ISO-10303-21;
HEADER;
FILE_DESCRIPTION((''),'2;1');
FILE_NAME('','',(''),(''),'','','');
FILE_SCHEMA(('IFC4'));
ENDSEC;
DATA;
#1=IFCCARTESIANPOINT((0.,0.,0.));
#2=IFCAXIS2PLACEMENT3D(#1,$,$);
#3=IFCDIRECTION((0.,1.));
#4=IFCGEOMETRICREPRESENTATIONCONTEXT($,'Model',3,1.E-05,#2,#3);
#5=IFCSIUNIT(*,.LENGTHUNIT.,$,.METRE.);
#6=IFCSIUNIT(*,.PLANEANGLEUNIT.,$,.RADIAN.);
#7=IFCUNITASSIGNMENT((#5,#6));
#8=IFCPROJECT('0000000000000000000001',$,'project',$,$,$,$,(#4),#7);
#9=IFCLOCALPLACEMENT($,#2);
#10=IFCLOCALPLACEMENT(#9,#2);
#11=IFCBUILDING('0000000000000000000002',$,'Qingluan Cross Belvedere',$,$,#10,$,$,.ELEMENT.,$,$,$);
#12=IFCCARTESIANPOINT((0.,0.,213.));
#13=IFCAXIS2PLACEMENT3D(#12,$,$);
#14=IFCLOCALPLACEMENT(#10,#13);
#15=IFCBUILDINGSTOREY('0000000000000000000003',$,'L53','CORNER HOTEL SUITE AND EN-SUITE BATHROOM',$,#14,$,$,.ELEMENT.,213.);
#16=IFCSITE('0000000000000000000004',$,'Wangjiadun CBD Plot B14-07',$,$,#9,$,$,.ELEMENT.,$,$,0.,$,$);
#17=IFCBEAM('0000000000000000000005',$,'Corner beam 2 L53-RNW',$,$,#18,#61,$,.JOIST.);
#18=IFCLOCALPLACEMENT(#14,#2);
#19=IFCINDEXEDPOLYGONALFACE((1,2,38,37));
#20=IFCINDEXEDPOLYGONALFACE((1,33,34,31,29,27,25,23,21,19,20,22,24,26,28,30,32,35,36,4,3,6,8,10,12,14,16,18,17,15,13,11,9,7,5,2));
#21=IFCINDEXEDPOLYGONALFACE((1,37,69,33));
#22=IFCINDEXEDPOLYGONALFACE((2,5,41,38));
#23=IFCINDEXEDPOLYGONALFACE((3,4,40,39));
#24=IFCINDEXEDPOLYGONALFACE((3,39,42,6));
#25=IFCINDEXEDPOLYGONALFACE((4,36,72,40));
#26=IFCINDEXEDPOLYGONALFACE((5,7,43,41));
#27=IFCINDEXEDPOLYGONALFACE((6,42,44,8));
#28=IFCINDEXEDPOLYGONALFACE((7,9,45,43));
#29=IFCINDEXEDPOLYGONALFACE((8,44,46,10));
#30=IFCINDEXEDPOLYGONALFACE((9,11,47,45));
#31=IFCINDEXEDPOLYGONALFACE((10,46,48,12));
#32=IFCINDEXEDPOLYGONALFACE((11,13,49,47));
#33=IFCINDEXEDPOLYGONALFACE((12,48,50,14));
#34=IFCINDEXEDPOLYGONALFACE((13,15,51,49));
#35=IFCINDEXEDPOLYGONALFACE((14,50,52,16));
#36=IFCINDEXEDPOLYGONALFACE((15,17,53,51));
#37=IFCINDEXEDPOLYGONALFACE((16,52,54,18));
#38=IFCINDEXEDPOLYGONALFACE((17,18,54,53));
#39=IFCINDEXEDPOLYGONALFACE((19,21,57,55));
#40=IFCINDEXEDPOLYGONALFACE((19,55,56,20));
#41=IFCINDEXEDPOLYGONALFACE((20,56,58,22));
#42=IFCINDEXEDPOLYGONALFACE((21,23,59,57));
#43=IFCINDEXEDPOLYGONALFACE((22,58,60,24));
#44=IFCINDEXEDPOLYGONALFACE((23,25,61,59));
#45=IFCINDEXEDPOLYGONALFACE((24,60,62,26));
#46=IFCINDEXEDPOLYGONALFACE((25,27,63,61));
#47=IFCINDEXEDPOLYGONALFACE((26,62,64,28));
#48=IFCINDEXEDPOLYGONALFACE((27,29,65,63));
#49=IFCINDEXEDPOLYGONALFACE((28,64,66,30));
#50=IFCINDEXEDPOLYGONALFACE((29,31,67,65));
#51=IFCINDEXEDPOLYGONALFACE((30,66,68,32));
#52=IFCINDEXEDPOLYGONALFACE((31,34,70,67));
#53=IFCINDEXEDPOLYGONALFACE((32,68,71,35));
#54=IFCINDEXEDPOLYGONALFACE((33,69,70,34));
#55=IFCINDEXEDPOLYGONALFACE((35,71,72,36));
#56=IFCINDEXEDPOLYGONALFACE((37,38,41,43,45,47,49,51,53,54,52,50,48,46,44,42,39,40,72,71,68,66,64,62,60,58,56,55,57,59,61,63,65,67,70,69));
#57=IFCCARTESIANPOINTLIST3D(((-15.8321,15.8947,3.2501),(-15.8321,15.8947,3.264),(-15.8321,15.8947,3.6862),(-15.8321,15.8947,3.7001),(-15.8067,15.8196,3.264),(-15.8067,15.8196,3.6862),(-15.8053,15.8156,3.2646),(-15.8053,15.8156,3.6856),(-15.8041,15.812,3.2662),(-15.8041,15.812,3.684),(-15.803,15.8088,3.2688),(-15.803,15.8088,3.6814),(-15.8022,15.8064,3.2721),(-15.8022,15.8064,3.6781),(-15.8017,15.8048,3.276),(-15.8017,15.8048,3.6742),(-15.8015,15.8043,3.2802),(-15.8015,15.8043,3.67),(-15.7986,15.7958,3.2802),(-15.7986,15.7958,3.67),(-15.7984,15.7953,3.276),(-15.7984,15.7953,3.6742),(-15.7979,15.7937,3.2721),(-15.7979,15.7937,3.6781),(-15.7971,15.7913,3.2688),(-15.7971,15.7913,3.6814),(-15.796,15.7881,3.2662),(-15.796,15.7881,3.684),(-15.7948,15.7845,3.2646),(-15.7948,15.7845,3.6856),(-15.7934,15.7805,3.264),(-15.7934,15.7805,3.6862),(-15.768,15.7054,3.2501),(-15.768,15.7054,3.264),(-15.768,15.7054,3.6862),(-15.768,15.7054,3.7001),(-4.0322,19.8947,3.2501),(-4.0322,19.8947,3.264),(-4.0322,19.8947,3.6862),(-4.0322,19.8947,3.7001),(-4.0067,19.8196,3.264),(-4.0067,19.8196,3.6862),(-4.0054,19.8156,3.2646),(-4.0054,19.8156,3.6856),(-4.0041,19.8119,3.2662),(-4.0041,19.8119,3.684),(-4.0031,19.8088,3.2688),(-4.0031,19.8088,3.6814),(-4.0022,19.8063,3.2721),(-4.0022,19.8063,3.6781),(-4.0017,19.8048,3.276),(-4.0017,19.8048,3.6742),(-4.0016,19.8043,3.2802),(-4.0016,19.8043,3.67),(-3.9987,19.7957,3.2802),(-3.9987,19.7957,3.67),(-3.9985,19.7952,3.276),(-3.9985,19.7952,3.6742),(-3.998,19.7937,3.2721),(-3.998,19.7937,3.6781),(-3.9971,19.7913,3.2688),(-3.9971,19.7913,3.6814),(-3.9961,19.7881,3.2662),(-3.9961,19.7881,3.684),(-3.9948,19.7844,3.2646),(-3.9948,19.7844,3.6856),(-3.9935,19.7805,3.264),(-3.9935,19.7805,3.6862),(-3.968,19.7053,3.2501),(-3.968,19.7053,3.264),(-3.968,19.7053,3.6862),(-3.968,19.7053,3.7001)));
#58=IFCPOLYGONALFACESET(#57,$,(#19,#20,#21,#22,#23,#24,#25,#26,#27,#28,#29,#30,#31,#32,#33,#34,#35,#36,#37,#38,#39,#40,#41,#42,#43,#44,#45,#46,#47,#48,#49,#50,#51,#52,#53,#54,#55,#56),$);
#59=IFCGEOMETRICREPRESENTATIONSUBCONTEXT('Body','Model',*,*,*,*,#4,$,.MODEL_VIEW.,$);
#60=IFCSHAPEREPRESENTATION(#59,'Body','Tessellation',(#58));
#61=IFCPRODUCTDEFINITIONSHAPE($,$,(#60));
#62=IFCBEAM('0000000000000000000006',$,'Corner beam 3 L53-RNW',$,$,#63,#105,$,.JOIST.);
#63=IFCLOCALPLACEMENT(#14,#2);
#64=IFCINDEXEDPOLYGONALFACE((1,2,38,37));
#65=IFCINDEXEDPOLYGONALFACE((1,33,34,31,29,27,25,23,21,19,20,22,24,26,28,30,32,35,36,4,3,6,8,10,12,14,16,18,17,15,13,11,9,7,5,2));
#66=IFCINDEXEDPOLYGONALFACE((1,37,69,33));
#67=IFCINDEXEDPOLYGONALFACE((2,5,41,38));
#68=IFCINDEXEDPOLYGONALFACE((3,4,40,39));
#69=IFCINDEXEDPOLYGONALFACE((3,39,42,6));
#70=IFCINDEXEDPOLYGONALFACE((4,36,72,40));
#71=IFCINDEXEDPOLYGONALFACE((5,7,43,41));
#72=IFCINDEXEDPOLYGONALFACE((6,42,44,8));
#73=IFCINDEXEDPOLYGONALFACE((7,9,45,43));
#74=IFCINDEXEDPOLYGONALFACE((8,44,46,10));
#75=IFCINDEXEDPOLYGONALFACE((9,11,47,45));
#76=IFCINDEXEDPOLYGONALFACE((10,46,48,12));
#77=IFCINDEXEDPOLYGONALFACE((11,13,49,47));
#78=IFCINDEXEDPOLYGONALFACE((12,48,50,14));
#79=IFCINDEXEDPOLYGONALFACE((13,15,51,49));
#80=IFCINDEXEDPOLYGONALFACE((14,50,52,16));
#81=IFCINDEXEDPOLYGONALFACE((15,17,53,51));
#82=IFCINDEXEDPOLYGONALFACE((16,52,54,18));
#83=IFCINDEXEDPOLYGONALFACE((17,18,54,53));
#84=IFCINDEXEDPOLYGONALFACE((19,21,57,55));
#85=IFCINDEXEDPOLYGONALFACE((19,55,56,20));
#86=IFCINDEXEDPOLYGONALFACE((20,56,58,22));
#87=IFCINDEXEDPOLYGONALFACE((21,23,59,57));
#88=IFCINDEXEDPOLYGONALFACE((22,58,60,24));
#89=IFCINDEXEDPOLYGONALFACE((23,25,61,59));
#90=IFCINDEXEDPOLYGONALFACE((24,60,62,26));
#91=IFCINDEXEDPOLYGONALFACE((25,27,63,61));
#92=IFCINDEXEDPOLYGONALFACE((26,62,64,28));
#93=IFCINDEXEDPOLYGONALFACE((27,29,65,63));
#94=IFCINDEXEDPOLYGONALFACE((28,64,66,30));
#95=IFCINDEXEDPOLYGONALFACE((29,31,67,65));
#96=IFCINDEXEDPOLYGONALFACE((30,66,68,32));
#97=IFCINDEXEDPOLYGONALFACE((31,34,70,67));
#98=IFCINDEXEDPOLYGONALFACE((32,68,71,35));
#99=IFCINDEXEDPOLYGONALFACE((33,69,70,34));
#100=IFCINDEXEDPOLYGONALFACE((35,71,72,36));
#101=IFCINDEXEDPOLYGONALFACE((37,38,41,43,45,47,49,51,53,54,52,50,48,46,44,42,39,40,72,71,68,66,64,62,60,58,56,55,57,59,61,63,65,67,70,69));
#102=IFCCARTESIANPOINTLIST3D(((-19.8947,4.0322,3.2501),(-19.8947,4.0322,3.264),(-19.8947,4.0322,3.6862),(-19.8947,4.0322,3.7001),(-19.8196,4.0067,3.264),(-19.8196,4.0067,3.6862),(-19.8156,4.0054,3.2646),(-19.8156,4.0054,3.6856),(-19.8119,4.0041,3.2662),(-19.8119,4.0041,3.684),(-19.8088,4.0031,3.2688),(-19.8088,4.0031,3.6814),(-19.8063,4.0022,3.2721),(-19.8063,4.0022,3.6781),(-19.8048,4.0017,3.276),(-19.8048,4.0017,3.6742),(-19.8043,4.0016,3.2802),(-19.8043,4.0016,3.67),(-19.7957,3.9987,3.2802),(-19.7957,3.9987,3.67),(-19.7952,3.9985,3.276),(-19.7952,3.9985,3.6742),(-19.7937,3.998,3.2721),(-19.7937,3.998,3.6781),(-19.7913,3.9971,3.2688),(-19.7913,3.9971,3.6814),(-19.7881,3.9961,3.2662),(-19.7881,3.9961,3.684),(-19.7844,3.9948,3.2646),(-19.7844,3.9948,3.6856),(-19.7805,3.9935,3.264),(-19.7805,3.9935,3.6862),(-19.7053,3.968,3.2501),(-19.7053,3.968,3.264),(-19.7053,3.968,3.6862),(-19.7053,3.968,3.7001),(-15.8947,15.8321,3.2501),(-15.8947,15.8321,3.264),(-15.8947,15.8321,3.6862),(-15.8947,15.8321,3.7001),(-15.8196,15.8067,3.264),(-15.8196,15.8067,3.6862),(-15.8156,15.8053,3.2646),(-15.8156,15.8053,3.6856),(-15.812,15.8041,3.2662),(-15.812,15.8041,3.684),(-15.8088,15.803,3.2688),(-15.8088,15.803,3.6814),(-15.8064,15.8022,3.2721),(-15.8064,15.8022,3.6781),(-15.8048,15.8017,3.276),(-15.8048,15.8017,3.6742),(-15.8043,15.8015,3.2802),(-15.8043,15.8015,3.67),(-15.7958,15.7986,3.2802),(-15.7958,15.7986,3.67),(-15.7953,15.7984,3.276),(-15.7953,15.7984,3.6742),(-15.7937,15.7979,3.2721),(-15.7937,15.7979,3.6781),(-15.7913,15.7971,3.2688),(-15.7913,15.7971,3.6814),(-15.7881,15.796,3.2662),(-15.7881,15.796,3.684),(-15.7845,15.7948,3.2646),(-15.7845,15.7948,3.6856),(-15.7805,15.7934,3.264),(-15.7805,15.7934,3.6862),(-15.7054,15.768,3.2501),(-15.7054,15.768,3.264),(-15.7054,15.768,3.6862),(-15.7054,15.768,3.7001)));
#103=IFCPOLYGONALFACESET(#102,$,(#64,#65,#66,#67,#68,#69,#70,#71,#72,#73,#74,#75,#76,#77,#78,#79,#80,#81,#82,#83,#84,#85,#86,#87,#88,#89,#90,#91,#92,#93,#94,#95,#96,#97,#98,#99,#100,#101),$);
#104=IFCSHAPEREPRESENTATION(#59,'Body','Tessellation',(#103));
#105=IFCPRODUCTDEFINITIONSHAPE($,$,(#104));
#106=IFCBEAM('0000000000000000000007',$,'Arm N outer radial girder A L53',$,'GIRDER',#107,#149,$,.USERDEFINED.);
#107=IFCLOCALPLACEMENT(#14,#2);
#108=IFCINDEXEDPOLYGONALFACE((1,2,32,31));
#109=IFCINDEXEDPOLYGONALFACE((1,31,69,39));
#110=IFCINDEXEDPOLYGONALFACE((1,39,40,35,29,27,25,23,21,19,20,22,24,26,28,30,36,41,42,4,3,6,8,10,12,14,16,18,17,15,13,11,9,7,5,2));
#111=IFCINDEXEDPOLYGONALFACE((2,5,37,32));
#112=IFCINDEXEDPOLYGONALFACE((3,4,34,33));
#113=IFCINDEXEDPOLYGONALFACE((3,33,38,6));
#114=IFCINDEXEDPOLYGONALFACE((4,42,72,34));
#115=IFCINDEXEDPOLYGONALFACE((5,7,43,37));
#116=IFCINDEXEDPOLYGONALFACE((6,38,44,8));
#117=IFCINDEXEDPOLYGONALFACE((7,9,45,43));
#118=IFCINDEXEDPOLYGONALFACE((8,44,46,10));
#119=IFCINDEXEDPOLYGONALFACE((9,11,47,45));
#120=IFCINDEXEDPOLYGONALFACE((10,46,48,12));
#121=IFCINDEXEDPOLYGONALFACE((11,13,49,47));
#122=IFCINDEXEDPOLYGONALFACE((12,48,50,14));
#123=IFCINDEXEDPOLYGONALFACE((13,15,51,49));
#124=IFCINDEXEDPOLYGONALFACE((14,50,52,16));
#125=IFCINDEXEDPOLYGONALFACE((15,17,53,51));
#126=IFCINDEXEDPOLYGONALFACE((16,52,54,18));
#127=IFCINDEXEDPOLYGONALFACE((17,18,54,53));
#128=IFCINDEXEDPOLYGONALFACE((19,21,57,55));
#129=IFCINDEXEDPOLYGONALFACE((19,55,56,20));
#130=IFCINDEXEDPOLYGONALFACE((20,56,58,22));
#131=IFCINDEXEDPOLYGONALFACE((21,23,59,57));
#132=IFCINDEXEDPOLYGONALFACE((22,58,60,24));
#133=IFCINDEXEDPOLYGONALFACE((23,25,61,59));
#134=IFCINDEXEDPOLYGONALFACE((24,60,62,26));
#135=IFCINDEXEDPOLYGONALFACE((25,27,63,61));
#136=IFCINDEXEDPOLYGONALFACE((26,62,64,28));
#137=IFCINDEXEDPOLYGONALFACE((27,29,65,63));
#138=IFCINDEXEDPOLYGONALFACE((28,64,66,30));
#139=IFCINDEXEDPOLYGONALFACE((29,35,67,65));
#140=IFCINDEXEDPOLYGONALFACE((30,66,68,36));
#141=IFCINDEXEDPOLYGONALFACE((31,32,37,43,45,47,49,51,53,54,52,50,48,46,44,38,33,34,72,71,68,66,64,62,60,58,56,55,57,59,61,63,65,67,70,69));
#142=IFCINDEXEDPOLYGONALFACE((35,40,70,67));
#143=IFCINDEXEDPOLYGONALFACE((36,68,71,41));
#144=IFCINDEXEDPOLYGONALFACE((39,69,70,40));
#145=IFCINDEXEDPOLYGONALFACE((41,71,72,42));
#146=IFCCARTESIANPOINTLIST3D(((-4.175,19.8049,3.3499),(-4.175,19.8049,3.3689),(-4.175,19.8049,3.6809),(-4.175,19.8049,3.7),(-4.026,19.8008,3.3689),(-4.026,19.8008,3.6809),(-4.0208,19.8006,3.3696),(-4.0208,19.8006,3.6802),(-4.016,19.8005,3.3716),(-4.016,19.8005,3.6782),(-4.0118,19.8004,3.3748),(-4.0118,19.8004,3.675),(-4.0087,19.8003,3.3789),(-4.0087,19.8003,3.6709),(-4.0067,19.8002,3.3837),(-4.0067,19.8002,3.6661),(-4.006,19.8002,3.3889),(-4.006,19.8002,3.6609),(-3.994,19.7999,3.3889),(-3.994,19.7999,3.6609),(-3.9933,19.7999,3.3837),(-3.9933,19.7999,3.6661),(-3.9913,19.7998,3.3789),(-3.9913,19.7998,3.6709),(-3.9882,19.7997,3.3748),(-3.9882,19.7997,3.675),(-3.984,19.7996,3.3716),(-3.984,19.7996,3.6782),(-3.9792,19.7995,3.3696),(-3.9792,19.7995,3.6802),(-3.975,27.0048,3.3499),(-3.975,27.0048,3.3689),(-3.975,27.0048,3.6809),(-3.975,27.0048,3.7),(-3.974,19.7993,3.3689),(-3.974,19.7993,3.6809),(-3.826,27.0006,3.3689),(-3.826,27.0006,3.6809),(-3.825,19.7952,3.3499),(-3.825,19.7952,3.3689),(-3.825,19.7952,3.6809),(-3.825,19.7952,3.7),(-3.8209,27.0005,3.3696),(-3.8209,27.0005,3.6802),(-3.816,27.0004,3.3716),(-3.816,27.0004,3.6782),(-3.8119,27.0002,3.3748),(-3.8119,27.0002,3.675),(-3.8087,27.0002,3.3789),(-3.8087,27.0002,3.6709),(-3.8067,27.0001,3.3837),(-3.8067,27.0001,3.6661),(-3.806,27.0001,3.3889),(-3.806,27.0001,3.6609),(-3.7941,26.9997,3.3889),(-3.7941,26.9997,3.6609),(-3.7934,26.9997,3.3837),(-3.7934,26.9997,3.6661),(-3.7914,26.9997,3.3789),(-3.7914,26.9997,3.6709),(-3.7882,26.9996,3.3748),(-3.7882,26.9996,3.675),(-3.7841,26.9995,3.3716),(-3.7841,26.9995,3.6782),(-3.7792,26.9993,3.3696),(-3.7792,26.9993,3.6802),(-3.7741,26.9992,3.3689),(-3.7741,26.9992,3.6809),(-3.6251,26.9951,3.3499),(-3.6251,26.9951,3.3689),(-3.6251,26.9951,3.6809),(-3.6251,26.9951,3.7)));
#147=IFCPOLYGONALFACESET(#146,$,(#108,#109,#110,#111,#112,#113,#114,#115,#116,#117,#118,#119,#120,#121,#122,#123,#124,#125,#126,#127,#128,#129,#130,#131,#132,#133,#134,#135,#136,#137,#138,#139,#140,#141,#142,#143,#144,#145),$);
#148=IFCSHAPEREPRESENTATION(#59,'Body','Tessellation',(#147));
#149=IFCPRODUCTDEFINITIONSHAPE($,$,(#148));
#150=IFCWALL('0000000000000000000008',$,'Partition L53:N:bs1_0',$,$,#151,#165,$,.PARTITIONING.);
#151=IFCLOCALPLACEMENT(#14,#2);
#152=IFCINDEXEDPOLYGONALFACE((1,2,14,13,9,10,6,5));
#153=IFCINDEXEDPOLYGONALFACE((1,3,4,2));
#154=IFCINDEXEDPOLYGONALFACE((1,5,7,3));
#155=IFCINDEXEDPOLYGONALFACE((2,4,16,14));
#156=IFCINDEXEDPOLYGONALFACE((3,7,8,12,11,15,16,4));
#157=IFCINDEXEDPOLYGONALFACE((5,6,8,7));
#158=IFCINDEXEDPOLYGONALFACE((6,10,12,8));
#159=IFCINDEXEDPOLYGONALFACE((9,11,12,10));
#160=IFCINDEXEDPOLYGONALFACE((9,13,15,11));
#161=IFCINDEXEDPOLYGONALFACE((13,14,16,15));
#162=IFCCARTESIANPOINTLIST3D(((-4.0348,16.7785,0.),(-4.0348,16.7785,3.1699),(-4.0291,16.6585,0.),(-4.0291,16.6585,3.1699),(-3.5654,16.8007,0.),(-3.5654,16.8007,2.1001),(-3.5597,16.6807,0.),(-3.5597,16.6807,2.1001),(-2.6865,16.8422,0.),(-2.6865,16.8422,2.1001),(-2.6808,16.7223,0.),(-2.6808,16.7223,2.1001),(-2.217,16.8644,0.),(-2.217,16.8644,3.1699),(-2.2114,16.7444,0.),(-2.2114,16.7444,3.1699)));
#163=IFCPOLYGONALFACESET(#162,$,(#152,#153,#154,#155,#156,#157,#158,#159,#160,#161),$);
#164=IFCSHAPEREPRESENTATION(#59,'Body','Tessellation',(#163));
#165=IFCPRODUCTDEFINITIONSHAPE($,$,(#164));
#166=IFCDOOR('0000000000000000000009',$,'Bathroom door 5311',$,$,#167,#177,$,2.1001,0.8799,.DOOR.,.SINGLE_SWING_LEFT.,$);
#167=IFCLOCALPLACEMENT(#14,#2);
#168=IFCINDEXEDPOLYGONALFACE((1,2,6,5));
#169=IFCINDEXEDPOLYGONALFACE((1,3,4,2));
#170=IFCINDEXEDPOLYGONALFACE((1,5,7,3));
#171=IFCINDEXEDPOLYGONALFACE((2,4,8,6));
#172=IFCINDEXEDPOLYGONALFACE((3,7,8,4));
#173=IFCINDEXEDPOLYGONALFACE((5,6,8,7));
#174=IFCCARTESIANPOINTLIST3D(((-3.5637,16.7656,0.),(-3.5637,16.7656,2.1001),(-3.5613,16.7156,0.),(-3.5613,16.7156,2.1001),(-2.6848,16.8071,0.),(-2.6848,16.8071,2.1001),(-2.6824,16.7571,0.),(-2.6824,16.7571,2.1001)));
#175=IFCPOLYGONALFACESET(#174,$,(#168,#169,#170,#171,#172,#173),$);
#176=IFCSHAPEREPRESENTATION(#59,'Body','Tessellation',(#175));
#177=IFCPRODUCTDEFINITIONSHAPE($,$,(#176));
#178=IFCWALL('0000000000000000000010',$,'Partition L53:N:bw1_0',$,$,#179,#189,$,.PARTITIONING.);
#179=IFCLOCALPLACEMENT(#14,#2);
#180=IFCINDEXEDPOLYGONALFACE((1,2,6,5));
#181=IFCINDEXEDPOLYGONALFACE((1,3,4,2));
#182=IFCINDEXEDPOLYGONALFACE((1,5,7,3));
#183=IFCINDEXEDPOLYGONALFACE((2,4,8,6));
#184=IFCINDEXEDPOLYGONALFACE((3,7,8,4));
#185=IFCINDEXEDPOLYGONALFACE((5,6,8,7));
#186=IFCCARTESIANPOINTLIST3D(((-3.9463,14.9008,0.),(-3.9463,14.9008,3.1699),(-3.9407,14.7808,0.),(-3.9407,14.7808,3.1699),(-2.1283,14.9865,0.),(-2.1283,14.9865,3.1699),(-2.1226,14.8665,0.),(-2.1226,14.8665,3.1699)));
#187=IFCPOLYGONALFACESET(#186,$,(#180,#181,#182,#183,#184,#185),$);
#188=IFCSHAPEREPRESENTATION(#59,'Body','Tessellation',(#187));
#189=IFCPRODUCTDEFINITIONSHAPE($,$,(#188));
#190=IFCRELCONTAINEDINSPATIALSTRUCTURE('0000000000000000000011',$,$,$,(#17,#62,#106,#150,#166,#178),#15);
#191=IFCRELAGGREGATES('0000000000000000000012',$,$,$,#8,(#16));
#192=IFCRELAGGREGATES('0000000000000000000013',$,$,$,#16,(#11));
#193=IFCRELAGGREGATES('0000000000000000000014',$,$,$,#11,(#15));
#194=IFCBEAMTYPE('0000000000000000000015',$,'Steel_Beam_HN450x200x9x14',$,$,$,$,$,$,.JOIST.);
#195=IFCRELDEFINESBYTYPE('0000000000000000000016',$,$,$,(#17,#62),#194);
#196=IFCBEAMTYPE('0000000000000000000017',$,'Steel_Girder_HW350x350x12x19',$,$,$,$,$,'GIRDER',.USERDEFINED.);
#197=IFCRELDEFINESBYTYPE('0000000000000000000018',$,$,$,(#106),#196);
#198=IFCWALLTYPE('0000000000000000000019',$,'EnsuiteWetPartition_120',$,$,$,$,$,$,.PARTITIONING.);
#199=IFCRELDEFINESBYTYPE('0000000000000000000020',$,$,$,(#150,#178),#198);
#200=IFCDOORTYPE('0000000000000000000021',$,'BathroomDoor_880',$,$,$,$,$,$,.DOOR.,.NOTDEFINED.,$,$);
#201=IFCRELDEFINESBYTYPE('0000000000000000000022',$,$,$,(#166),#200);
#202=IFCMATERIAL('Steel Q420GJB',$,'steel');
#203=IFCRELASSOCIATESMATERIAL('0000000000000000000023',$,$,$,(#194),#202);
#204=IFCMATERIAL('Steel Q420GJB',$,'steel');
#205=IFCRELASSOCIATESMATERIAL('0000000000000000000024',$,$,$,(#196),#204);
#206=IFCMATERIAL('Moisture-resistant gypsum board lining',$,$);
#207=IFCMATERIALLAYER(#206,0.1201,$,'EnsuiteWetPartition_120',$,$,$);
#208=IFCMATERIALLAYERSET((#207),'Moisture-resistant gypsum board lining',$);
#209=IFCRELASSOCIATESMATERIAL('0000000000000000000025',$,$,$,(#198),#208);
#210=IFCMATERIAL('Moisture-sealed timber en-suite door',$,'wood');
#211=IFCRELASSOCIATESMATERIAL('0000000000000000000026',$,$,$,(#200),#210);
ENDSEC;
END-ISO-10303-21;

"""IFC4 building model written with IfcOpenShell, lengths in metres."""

from ifc_helpers import new_model, si_unit, direction, frame, frame_2d, origin, origin_2d, place, context, subcontext, project, spatial, rectangle, i_section, extrude, material, layer, layer_set, material_profile, profile_set, type_object, element, fill, save


model = new_model("IFC4")

# Units and contexts
model_context = context("Model", 3, precision=1e-05, world=origin(), true_north=direction((0.0, 1.0)))
body_context = subcontext(model_context, "Body", "Model", "MODEL_VIEW")
ifc_project = project(units=[si_unit("LENGTHUNIT", "METRE"), si_unit("PLANEANGLEUNIT", "RADIAN")], contexts=[model_context])

# Site, building, storey
site_placement = place(None, origin())
site = spatial("IfcSite", under=ifc_project, at=site_placement, Name="Wangjiadun CBD Plot B14-07", CompositionType="ELEMENT", RefElevation=0.0)
building_placement = place(site_placement, origin())
building = spatial("IfcBuilding", under=site, at=building_placement, Name="Qingluan Cross Belvedere", CompositionType="ELEMENT")
storey_placement = place(building_placement, frame((0.0, 0.0, 213.0)))
storey = spatial("IfcBuildingStorey", under=building, at=storey_placement, Name="L53", Description="CORNER HOTEL SUITE AND EN-SUITE BATHROOM", CompositionType="ELEMENT", Elevation=213.0)

# Beams
ifc_material_1 = material(Name="Steel Q420GJB", Category="steel")
ifc_material_profile_1 = material_profile(ifc_material_1, i_section(OverallWidth=0.2, OverallDepth=0.45, WebThickness=0.009, FlangeThickness=0.0139, FilletRadius=0.0161, at=origin_2d()), Name="HN450x200x9x14")
ifc_profile_set_1 = profile_set([ifc_material_profile_1], Name="Steel Q420GJB")
beam_type_1 = type_object("IfcBeamType", Name="Steel_Beam_HN450x200x9x14", PredefinedType="JOIST", material=ifc_profile_set_1)
for number, where, z_axis, x_axis, name in (
    (1, (-15.8, 15.8, 3.4751), (0.947066, 0.321038, 0.0), (-0.321038, 0.947066, 0.0), "Corner beam 2 L53-RNW"),
    (2, (-15.8, 15.8, 3.4751), (-0.321038, -0.947066, 0.0), (0.947066, -0.321038, 0.0), "Corner beam 3 L53-RNW"),
):
    element("IfcBeam", number, at=place(storey_placement, frame(where, z_axis=z_axis, x_axis=x_axis)), inside=storey, type_object=beam_type_1, Name=name, PredefinedType="JOIST", context=body_context, shape_type="SweptSolid", body=[
        extrude(i_section(OverallWidth=0.2, OverallDepth=0.45, WebThickness=0.009, FlangeThickness=0.0139, FilletRadius=0.0161, at=origin_2d()), origin(), (0.0, 0.0, 1.0), 12.4595),
    ])
ifc_material_2 = material(Name="Steel Q420GJB", Category="steel")
ifc_material_profile_2 = material_profile(ifc_material_2, i_section(OverallWidth=0.3501, OverallDepth=0.3501, WebThickness=0.012, FlangeThickness=0.019, FilletRadius=0.02, at=origin_2d()), Name="HW350x350x12x19")
ifc_profile_set_2 = profile_set([ifc_material_profile_2], Name="Steel Q420GJB")
beam_type_2 = type_object("IfcBeamType", Name="Steel_Girder_HW350x350x12x19", ElementType="GIRDER", PredefinedType="USERDEFINED", material=ifc_profile_set_2)
beam_1_placement = place(storey_placement, frame((-4.0, 19.8, 3.5249), z_axis=(0.02776, 0.999615, 0.0), x_axis=(-0.999615, 0.02776, 0.0)))
element("IfcBeam", 3, at=beam_1_placement, inside=storey, type_object=beam_type_2, Name="Arm N outer radial girder A L53", ObjectType="GIRDER", PredefinedType="USERDEFINED", context=body_context, shape_type="SweptSolid", body=[
    extrude(i_section(OverallWidth=0.3501, OverallDepth=0.3501, WebThickness=0.012, FlangeThickness=0.019, FilletRadius=0.02, at=origin_2d()), origin(), (0.0, 0.0, 1.0), 7.2026),
])

# Wall, opening, door
ifc_material_3 = material(Name="Moisture-resistant gypsum board lining")
ifc_layer_1 = layer(ifc_material_3, 0.1201, Name="EnsuiteWetPartition_120")
ifc_layer_set_1 = layer_set([ifc_layer_1], Name="Moisture-resistant gypsum board lining")
wall_type_1 = type_object("IfcWallType", Name="EnsuiteWetPartition_120", PredefinedType="PARTITIONING", material=ifc_layer_set_1)
wall_1_placement = place(storey_placement, frame((-4.032, 16.7185, 0.0), z_axis=(0.0, 0.0, 1.0), x_axis=(0.998884, 0.047221, 0.0)))
wall_1 = element("IfcWall", 4, at=wall_1_placement, inside=storey, type_object=wall_type_1, Name="Partition L53:N:bs1_0", PredefinedType="PARTITIONING", context=body_context, shape_type="SweptSolid", body=[
    extrude(rectangle(XDim=1.8198, YDim=0.1201, at=frame_2d((0.9099, 0.0))), origin(), (0.0, 0.0, 1.0), 3.1699),
])
opening_1_placement = place(wall_1_placement, frame((0.47, 0.0, 0.0)))
opening_1 = element("IfcOpeningElement", 5, at=opening_1_placement, cuts=wall_1, PredefinedType="OPENING", context=body_context, shape_type="SweptSolid", body=[
    extrude(rectangle(XDim=0.8799, YDim=2.1001, at=frame_2d((0.4399, 1.05))), frame((0.0, 0.0701, 0.0), z_axis=(0.0, -1.0, 0.0), x_axis=(1.0, 0.0, 0.0)), (0.0, 0.0, 1.0), 0.1401),
])
ifc_material_4 = material(Name="Moisture-sealed timber en-suite door", Category="wood")
door_type = type_object("IfcDoorType", Name="BathroomDoor_880", OperationType="NOTDEFINED", PredefinedType="DOOR", material=ifc_material_4)
door_1_placement = place(opening_1_placement, origin())
door_1 = element("IfcDoor", 6, at=door_1_placement, inside=storey, type_object=door_type, Name="Bathroom door 5311", OperationType="SINGLE_SWING_LEFT", OverallHeight=2.1001, OverallWidth=0.8799, PredefinedType="DOOR", context=body_context, shape_type="SweptSolid", body=[
    extrude(rectangle(XDim=0.8799, YDim=2.1001, at=frame_2d((0.4399, 1.05))), frame((0.0, 0.0249, 0.0), z_axis=(0.0, -1.0, 0.0), x_axis=(1.0, 0.0, 0.0)), (0.0, 0.0, 1.0), 0.05),
])
fill(opening_1, door_1)

# Wall
wall_2_placement = place(storey_placement, frame((-3.9436, 14.8408, 0.0), z_axis=(0.0, 0.0, 1.0), x_axis=(0.998891, 0.047081, 0.0)))
element("IfcWall", 7, at=wall_2_placement, inside=storey, type_object=wall_type_1, Name="Partition L53:N:bw1_0", PredefinedType="PARTITIONING", context=body_context, shape_type="SweptSolid", body=[
    extrude(rectangle(XDim=1.8201, YDim=0.1201, at=frame_2d((0.9102, 0.0))), origin(), (0.0, 0.0, 1.0), 3.1699),
])

save(model, "model.ifc")
